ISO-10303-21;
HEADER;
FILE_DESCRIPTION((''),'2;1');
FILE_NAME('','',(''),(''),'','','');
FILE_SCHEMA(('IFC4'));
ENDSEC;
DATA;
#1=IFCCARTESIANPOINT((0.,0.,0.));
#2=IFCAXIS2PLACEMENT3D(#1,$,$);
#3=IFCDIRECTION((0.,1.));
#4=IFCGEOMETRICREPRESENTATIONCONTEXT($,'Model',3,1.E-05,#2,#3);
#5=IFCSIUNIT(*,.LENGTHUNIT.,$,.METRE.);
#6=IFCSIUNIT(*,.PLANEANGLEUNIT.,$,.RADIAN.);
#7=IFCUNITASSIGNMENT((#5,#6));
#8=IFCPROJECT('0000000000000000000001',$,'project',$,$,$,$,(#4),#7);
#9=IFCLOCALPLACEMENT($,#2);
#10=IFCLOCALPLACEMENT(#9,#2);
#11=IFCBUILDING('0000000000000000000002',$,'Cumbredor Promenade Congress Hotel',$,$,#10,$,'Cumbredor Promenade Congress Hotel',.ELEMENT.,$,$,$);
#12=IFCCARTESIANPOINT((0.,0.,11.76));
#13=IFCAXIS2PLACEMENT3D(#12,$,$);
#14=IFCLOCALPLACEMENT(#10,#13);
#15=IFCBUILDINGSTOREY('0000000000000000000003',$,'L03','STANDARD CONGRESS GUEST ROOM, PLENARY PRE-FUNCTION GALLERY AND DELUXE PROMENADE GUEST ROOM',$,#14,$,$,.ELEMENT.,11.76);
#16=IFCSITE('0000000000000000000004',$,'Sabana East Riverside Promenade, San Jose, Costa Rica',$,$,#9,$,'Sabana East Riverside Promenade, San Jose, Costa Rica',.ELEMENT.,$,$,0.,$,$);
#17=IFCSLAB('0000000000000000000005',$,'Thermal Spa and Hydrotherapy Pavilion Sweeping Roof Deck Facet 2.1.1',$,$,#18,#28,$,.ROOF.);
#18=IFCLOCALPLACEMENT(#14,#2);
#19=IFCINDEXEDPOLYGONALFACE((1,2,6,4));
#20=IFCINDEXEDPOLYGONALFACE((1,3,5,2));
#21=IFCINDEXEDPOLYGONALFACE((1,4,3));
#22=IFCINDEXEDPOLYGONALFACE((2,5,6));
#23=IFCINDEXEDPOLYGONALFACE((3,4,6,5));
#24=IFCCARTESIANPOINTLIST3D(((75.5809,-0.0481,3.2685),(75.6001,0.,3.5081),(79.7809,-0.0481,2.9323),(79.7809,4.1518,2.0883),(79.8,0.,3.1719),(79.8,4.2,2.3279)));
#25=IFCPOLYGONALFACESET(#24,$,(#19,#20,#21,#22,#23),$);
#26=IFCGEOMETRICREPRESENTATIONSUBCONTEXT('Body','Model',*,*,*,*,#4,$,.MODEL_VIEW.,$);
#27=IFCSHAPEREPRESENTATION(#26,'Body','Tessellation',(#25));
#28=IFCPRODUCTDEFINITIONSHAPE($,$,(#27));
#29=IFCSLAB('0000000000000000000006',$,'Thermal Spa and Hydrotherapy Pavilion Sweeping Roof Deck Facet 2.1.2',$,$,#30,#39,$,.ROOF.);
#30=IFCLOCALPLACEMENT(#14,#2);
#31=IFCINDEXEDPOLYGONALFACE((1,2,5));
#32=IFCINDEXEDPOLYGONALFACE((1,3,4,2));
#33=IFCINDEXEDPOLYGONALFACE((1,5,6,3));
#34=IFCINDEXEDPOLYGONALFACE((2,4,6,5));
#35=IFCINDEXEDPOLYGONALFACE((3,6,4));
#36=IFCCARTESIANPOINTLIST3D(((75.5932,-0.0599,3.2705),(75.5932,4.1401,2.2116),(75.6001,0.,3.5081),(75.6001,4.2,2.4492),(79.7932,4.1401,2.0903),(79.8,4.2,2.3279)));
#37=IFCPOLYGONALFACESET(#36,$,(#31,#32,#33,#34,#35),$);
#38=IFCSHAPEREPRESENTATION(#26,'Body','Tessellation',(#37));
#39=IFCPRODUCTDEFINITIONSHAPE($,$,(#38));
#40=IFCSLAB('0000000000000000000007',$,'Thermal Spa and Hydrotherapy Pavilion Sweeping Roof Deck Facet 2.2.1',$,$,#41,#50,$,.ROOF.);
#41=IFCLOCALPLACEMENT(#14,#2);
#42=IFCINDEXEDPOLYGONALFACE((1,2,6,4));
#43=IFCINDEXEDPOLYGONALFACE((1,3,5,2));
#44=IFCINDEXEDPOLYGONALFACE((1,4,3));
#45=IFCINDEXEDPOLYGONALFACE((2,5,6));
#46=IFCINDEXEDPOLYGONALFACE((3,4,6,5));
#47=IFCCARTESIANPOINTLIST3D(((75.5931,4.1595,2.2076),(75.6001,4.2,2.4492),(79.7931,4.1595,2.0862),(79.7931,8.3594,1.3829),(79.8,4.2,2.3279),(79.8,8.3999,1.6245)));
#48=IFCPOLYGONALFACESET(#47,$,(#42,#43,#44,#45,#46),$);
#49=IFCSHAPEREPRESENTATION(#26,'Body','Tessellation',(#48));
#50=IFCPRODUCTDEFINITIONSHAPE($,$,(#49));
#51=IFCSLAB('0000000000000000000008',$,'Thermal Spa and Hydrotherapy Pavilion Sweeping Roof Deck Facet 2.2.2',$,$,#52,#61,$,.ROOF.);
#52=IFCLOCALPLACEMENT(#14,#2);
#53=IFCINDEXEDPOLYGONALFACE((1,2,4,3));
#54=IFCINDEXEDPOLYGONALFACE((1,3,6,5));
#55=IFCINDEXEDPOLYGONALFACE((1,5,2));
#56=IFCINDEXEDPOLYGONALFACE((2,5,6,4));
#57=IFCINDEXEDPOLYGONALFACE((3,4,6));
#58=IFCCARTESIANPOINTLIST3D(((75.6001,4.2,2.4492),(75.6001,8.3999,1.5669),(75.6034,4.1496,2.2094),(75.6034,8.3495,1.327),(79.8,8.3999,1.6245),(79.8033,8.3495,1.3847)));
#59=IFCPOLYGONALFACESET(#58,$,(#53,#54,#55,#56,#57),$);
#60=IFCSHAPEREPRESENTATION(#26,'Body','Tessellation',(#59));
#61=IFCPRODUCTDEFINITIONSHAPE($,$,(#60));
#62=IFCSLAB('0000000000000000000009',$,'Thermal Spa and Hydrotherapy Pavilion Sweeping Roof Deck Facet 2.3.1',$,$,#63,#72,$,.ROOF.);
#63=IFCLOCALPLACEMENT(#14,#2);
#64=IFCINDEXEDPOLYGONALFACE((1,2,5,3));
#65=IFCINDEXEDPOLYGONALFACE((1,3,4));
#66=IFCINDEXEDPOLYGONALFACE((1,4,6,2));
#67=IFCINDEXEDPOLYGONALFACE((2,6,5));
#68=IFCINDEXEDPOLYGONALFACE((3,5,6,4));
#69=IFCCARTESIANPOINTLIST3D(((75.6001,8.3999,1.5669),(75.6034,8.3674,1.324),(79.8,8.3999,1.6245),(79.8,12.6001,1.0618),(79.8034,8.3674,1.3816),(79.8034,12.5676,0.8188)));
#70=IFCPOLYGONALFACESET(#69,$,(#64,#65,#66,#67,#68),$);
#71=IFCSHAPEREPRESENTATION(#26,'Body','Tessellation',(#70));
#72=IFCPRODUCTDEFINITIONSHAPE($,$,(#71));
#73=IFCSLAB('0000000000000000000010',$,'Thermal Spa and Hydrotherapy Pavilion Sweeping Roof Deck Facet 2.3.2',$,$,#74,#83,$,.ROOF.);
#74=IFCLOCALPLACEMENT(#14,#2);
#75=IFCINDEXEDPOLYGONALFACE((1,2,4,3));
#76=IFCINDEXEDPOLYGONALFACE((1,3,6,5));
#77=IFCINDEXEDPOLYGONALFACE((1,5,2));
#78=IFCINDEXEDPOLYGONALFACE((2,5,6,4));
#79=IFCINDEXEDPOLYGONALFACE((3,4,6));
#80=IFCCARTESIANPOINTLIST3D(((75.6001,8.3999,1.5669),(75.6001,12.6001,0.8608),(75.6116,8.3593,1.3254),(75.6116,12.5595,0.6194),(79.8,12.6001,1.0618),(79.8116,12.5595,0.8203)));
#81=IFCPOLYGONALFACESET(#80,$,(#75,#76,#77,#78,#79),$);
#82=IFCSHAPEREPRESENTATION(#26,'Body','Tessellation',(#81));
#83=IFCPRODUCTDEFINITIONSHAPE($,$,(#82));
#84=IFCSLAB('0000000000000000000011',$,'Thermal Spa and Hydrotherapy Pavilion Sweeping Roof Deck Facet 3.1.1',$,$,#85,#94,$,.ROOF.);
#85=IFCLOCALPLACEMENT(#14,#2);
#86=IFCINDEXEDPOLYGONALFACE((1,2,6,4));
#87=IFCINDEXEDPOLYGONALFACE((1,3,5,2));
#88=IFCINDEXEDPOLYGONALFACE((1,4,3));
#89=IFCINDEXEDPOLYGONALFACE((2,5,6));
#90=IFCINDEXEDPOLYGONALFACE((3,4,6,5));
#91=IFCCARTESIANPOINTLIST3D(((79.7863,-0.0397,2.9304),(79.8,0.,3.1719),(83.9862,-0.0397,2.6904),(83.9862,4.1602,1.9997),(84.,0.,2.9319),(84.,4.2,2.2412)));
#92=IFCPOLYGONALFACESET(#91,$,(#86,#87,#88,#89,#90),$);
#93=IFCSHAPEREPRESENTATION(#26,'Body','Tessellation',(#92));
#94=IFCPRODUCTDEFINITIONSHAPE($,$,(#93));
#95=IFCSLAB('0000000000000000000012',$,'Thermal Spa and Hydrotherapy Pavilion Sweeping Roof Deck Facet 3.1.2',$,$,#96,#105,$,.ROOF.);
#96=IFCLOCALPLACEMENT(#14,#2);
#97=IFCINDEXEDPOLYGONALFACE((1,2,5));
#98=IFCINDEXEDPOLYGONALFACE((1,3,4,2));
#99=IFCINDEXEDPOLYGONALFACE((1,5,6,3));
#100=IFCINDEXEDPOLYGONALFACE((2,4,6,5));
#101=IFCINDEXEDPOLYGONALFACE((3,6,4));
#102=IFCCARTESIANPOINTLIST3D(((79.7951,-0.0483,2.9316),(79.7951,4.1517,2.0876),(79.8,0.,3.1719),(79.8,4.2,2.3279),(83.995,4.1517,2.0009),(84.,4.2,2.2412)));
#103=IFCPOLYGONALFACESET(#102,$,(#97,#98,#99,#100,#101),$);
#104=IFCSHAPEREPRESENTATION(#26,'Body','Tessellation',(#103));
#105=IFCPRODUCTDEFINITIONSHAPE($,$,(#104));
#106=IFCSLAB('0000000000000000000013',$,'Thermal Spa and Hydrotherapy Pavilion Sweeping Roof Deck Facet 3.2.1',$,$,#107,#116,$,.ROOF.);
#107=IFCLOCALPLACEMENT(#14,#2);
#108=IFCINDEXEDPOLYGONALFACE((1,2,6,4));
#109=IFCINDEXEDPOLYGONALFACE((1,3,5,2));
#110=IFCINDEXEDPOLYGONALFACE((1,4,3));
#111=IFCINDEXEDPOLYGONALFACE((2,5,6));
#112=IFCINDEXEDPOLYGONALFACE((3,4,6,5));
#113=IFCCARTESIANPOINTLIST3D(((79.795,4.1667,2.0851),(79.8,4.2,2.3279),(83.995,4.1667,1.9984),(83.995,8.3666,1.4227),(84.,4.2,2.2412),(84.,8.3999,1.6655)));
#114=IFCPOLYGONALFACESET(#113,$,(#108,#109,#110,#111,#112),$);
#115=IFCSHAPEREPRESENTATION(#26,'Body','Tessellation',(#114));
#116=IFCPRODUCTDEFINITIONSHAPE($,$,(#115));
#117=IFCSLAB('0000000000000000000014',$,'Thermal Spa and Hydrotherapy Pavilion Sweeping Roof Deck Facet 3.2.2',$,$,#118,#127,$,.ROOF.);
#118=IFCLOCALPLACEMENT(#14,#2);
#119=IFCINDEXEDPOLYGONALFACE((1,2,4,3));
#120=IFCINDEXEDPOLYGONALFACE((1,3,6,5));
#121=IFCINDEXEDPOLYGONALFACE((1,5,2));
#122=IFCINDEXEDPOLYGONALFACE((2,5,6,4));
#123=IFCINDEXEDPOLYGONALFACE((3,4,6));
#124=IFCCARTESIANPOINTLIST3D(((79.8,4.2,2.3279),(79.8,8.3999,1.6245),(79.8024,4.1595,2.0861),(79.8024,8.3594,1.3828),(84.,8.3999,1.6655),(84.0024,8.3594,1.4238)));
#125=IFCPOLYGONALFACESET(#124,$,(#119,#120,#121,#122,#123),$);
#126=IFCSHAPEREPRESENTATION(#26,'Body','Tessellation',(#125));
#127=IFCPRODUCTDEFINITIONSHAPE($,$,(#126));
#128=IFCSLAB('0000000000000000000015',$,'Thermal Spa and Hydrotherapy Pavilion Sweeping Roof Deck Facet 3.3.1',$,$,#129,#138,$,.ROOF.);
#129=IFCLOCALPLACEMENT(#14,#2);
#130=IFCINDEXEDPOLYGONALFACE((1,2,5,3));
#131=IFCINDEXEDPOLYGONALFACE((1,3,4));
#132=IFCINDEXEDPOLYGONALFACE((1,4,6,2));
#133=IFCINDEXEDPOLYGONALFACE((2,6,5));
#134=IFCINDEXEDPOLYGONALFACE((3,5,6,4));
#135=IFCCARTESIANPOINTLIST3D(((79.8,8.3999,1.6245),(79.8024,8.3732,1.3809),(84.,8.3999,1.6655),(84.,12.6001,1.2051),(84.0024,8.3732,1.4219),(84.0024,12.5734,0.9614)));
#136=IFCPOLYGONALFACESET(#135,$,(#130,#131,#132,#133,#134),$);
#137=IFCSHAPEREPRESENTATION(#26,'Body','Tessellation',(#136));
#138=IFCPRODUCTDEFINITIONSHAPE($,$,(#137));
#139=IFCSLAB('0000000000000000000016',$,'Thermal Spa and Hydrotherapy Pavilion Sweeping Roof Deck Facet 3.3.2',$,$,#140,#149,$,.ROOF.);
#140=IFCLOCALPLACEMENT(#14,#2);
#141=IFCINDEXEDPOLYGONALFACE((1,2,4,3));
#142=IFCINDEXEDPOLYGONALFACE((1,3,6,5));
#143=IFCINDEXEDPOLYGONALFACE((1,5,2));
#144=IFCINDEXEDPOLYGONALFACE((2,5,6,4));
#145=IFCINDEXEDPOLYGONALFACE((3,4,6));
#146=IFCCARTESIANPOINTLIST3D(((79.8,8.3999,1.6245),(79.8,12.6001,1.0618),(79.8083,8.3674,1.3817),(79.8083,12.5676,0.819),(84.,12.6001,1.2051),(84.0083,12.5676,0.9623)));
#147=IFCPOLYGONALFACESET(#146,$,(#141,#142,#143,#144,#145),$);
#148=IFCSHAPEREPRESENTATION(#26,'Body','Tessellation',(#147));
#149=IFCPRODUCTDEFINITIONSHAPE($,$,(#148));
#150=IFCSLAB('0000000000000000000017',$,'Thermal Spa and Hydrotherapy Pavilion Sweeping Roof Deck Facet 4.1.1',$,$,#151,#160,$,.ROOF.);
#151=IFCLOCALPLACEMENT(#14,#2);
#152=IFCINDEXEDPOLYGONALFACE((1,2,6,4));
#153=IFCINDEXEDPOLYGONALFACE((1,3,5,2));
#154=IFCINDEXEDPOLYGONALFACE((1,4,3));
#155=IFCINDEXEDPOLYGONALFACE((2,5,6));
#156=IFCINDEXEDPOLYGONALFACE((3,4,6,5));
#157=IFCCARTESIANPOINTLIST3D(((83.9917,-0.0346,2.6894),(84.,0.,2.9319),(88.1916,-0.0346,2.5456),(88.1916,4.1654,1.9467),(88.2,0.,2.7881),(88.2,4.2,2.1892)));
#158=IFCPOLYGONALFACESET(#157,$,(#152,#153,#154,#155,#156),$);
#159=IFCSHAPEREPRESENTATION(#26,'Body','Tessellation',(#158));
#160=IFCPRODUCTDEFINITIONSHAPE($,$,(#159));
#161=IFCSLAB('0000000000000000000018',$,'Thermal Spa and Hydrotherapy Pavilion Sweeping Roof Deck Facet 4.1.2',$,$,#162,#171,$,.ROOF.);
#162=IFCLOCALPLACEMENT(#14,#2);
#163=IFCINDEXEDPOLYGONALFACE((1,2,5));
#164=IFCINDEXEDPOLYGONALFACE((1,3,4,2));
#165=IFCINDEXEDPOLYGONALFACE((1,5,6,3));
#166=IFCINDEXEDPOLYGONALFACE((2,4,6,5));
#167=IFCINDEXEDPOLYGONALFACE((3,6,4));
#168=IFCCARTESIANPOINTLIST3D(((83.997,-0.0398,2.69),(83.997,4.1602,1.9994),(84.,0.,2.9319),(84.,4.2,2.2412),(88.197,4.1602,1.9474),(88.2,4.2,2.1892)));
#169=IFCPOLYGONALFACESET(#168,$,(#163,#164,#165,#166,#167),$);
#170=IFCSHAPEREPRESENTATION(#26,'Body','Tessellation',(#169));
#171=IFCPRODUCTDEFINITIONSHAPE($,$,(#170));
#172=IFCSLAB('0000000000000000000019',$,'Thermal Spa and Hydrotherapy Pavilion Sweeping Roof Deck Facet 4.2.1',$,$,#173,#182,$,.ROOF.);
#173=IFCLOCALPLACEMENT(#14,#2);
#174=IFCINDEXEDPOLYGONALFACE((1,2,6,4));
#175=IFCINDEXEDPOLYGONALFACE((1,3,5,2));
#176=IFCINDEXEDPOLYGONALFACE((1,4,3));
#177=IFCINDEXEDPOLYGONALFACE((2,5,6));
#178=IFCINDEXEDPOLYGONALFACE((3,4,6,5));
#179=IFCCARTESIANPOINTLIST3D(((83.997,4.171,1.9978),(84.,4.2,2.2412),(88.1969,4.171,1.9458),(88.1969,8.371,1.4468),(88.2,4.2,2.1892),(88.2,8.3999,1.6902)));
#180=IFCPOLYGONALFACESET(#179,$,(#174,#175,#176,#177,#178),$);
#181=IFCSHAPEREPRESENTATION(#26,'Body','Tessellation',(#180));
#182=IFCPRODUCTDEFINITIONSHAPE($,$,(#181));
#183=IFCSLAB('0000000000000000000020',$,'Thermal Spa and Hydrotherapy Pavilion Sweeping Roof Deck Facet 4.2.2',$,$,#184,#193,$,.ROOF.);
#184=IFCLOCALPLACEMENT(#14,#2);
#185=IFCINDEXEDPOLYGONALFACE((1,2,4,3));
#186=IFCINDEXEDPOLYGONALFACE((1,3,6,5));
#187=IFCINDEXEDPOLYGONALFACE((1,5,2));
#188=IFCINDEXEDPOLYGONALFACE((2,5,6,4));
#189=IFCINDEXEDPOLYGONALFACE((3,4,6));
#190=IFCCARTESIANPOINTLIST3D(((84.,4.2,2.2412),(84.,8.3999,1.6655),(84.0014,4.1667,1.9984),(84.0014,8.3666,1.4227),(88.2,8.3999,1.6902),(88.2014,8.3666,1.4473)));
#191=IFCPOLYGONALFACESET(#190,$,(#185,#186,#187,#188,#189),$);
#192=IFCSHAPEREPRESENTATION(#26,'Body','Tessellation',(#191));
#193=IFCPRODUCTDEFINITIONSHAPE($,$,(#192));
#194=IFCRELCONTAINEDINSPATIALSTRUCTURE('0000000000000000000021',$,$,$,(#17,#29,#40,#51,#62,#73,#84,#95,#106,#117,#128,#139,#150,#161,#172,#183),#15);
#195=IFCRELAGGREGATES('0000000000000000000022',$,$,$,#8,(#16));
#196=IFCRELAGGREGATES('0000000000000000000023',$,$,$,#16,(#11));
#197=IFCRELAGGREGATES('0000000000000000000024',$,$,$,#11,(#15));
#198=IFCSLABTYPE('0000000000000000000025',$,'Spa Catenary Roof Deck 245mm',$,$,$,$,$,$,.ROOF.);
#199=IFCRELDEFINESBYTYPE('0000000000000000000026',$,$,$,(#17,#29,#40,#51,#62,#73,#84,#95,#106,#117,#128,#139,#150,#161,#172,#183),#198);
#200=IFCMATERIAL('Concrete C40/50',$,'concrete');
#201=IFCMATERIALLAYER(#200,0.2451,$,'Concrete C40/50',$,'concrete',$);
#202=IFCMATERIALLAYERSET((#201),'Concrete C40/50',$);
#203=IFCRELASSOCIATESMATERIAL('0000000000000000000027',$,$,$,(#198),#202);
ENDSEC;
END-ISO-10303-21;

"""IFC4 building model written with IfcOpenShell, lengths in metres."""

from ifc_helpers import new_model, si_unit, direction, frame, origin, place, context, subcontext, project, spatial, polyline, outline, extrude, material, layer, layer_set, type_object, element, save


model = new_model("IFC4")

# Units and contexts
model_context = context("Model", 3, precision=1e-05, world=origin(), true_north=direction((0.0, 1.0)))
body_context = subcontext(model_context, "Body", "Model", "MODEL_VIEW")
ifc_project = project(units=[si_unit("LENGTHUNIT", "METRE"), si_unit("PLANEANGLEUNIT", "RADIAN")], contexts=[model_context])

# Site, building, storey
site_placement = place(None, origin())
site = spatial("IfcSite", under=ifc_project, at=site_placement, Name="Sabana East Riverside Promenade, San Jose, Costa Rica", LongName="Sabana East Riverside Promenade, San Jose, Costa Rica", CompositionType="ELEMENT", RefElevation=0.0)
building_placement = place(site_placement, origin())
building = spatial("IfcBuilding", under=site, at=building_placement, Name="Cumbredor Promenade Congress Hotel", LongName="Cumbredor Promenade Congress Hotel", CompositionType="ELEMENT")
storey_placement = place(building_placement, frame((0.0, 0.0, 11.76)))
storey = spatial("IfcBuildingStorey", under=building, at=storey_placement, Name="L03", Description="STANDARD CONGRESS GUEST ROOM, PLENARY PRE-FUNCTION GALLERY AND DELUXE PROMENADE GUEST ROOM", CompositionType="ELEMENT", Elevation=11.76)

# Slabs
ifc_material_1 = material(Name="Concrete C40/50", Category="concrete")
ifc_layer_1 = layer(ifc_material_1, 0.2451, Name="Concrete C40/50", Category="concrete")
ifc_layer_set_1 = layer_set([ifc_layer_1], Name="Concrete C40/50")
slab_type = type_object("IfcSlabType", Name="Spa Catenary Roof Deck 245mm", PredefinedType="ROOF", material=ifc_layer_set_1)
slab_1_placement = place(storey_placement, frame((75.6001, 0.0, 3.5081), z_axis=(0.078235, 0.196411, 0.977396), x_axis=(0.996812, 0.0, -0.079789)))
element("IfcSlab", 1, at=slab_1_placement, inside=storey, type_object=slab_type, Name="Thermal Spa and Hydrotherapy Pavilion Sweeping Roof Deck Facet 2.1.1", PredefinedType="ROOF", context=body_context, shape_type="SweptSolid", body=[
    extrude(outline(polyline([(0.0, 0.0), (4.2134, 0.0), (4.2807, 4.2834), (0.0, 0.0)])), origin(), (0.0, 0.0, -1.0), 0.2451),
])
slab_2_placement = place(storey_placement, frame((75.6001, 0.0, 3.5081), z_axis=(0.028003, 0.244362, 0.96928), x_axis=(0.693549, 0.693549, -0.194885)))
element("IfcSlab", 2, at=slab_2_placement, inside=storey, type_object=slab_type, Name="Thermal Spa and Hydrotherapy Pavilion Sweeping Roof Deck Facet 2.1.2", PredefinedType="ROOF", context=body_context, shape_type="SweptSolid", body=[
    extrude(outline(polyline([(0.0, 0.0), (6.0557, 0.0), (3.1192, 3.0052), (0.0, 0.0)])), origin(), (0.0, 0.0, -1.0), 0.2451),
])
slab_3_placement = place(storey_placement, frame((75.6001, 4.2, 2.4492), z_axis=(0.028482, 0.165104, 0.985865), x_axis=(0.999583, 0.0, -0.028878)))
element("IfcSlab", 3, at=slab_3_placement, inside=storey, type_object=slab_type, Name="Thermal Spa and Hydrotherapy Pavilion Sweeping Roof Deck Facet 2.2.1", PredefinedType="ROOF", context=body_context, shape_type="SweptSolid", body=[
    extrude(outline(polyline([(0.0, 0.0), (4.2017, 0.0), (4.222, 4.2584), (0.0, 0.0)])), origin(), (0.0, 0.0, -1.0), 0.2451),
])
slab_4_placement = place(storey_placement, frame((75.6001, 4.2, 2.4492), z_axis=(-0.013424, 0.205573, 0.97855), x_axis=(0.700388, 0.700388, -0.137529)))
element("IfcSlab", 4, at=slab_4_placement, inside=storey, type_object=slab_type, Name="Thermal Spa and Hydrotherapy Pavilion Sweeping Roof Deck Facet 2.2.2", PredefinedType="ROOF", context=body_context, shape_type="SweptSolid", body=[
    extrude(outline(polyline([(0.0, 0.0), (5.9966, 0.0), (3.0629, 3.0061), (0.0, 0.0)])), origin(), (0.0, 0.0, -1.0), 0.2451),
])
slab_5_placement = place(storey_placement, frame((75.6001, 8.3999, 1.5669), z_axis=(-0.013596, 0.132782, 0.991052), x_axis=(0.999906, 0.0, 0.013717)))
element("IfcSlab", 5, at=slab_5_placement, inside=storey, type_object=slab_type, Name="Thermal Spa and Hydrotherapy Pavilion Sweeping Roof Deck Facet 2.3.1", PredefinedType="ROOF", context=body_context, shape_type="SweptSolid", body=[
    extrude(outline(polyline([(0.0, 0.0), (4.2003, 0.0), (4.1926, 4.2377), (0.0, 0.0)])), origin(), (0.0, 0.0, -1.0), 0.2451),
])
slab_6_placement = place(storey_placement, frame((75.6001, 8.3999, 1.5669), z_axis=(-0.047126, 0.16559, 0.985068), x_axis=(0.704543, 0.704584, -0.084735)))
element("IfcSlab", 6, at=slab_6_placement, inside=storey, type_object=slab_type, Name="Thermal Spa and Hydrotherapy Pavilion Sweeping Roof Deck Facet 2.3.2", PredefinedType="ROOF", context=body_context, shape_type="SweptSolid", body=[
    extrude(outline(polyline([(0.0, 0.0), (5.9612, 0.0), (3.0192, 3.0041), (0.0, 0.0)])), origin(), (0.0, 0.0, -1.0), 0.2451),
])
slab_7_placement = place(storey_placement, frame((79.8, 0.0, 3.1719), z_axis=(0.056294, 0.162011, 0.985182), x_axis=(0.998371, 0.0, -0.057048)))
element("IfcSlab", 7, at=slab_7_placement, inside=storey, type_object=slab_type, Name="Thermal Spa and Hydrotherapy Pavilion Sweeping Roof Deck Facet 3.1.1", PredefinedType="ROOF", context=body_context, shape_type="SweptSolid", body=[
    extrude(outline(polyline([(0.0, 0.0), (4.2068, 0.0), (4.2462, 4.2562), (0.0, 0.0)])), origin(), (0.0, 0.0, -1.0), 0.2451),
])
slab_8_placement = place(storey_placement, frame((79.8, 0.0, 3.1719), z_axis=(0.020227, 0.196974, 0.9802), x_axis=(0.698583, 0.698583, -0.154799)))
element("IfcSlab", 8, at=slab_8_placement, inside=storey, type_object=slab_type, Name="Thermal Spa and Hydrotherapy Pavilion Sweeping Roof Deck Facet 3.1.2", PredefinedType="ROOF", context=body_context, shape_type="SweptSolid", body=[
    extrude(outline(polyline([(0.0, 0.0), (6.0121, 0.0), (3.0647, 2.9933), (0.0, 0.0)])), origin(), (0.0, 0.0, -1.0), 0.2451),
])
slab_9_placement = place(storey_placement, frame((79.8, 4.2, 2.3279), z_axis=(0.020441, 0.135771, 0.990529), x_axis=(0.999787, 0.0, -0.020632)))
element("IfcSlab", 9, at=slab_9_placement, inside=storey, type_object=slab_type, Name="Thermal Spa and Hydrotherapy Pavilion Sweeping Roof Deck Facet 3.2.1", PredefinedType="ROOF", context=body_context, shape_type="SweptSolid", body=[
    extrude(outline(polyline([(0.0, 0.0), (4.2008, 0.0), (4.2127, 4.2392), (0.0, 0.0)])), origin(), (0.0, 0.0, -1.0), 0.2451),
])
slab_10_placement = place(storey_placement, frame((79.8, 4.2, 2.3279), z_axis=(-0.009631, 0.165163, 0.986219), x_axis=(0.702751, 0.702751, -0.110827)))
element("IfcSlab", 10, at=slab_10_placement, inside=storey, type_object=slab_type, Name="Thermal Spa and Hydrotherapy Pavilion Sweeping Roof Deck Facet 3.2.2", PredefinedType="ROOF", context=body_context, shape_type="SweptSolid", body=[
    extrude(outline(polyline([(0.0, 0.0), (5.9764, 0.0), (3.0295, 2.9928), (0.0, 0.0)])), origin(), (0.0, 0.0, -1.0), 0.2451),
])
slab_11_placement = place(storey_placement, frame((79.8, 8.3999, 1.6245), z_axis=(-0.009707, 0.108968, 0.993998), x_axis=(0.999952, 0.0, 0.009765)))
element("IfcSlab", 11, at=slab_11_placement, inside=storey, type_object=slab_type, Name="Thermal Spa and Hydrotherapy Pavilion Sweeping Roof Deck Facet 3.3.1", PredefinedType="ROOF", context=body_context, shape_type="SweptSolid", body=[
    extrude(outline(polyline([(0.0, 0.0), (4.2002, 0.0), (4.1957, 4.2254), (0.0, 0.0)])), origin(), (0.0, 0.0, -1.0), 0.2451),
])
slab_12_placement = place(storey_placement, frame((79.8, 8.3999, 1.6245), z_axis=(-0.0338, 0.132718, 0.990577), x_axis=(0.70533, 0.705371, -0.070439)))
element("IfcSlab", 12, at=slab_12_placement, inside=storey, type_object=slab_type, Name="Thermal Spa and Hydrotherapy Pavilion Sweeping Roof Deck Facet 3.3.2", PredefinedType="ROOF", context=body_context, shape_type="SweptSolid", body=[
    extrude(outline(polyline([(0.0, 0.0), (5.9546, 0.0), (3.0023, 2.9907), (0.0, 0.0)])), origin(), (0.0, 0.0, -1.0), 0.2451),
])
slab_13_placement = place(storey_placement, frame((84.0, 0.0, 2.9319), z_axis=(0.033876, 0.141083, 0.989418), x_axis=(0.999414, 0.0, -0.034218)))
element("IfcSlab", 13, at=slab_13_placement, inside=storey, type_object=slab_type, Name="Thermal Spa and Hydrotherapy Pavilion Sweeping Roof Deck Facet 4.1.1", PredefinedType="ROOF", context=body_context, shape_type="SweptSolid", body=[
    extrude(outline(polyline([(0.0, 0.0), (4.2024, 0.0), (4.2229, 4.2424), (0.0, 0.0)])), origin(), (0.0, 0.0, -1.0), 0.2451),
])
slab_14_placement = place(storey_placement, frame((84.0, 0.0, 2.9319), z_axis=(0.012217, 0.162256, 0.986673), x_axis=(0.701643, 0.701643, -0.124071)))
element("IfcSlab", 14, at=slab_14_placement, inside=storey, type_object=slab_type, Name="Thermal Spa and Hydrotherapy Pavilion Sweeping Roof Deck Facet 4.1.2", PredefinedType="ROOF", context=body_context, shape_type="SweptSolid", body=[
    extrude(outline(polyline([(0.0, 0.0), (5.9859, 0.0), (3.0326, 2.9867), (0.0, 0.0)])), origin(), (0.0, 0.0, -1.0), 0.2451),
])
slab_15_placement = place(storey_placement, frame((84.0, 4.2, 2.2412), z_axis=(0.012294, 0.117978, 0.99294), x_axis=(0.999923, 0.0, -0.012381)))
element("IfcSlab", 15, at=slab_15_placement, inside=storey, type_object=slab_type, Name="Thermal Spa and Hydrotherapy Pavilion Sweeping Roof Deck Facet 4.2.1", PredefinedType="ROOF", context=body_context, shape_type="SweptSolid", body=[
    extrude(outline(polyline([(0.0, 0.0), (4.2003, 0.0), (4.2065, 4.2295), (0.0, 0.0)])), origin(), (0.0, 0.0, -1.0), 0.2451),
])
slab_16_placement = place(storey_placement, frame((84.0, 4.2, 2.2412), z_axis=(-0.005817, 0.135797, 0.99072), x_axis=(0.704083, 0.704083, -0.092374)))
element("IfcSlab", 16, at=slab_16_placement, inside=storey, type_object=slab_type, Name="Thermal Spa and Hydrotherapy Pavilion Sweeping Roof Deck Facet 4.2.2", PredefinedType="ROOF", context=body_context, shape_type="SweptSolid", body=[
    extrude(outline(polyline([(0.0, 0.0), (5.9651, 0.0), (3.0103, 2.9848), (0.0, 0.0)])), origin(), (0.0, 0.0, -1.0), 0.2451),
])

save(model, "model.ifc")
